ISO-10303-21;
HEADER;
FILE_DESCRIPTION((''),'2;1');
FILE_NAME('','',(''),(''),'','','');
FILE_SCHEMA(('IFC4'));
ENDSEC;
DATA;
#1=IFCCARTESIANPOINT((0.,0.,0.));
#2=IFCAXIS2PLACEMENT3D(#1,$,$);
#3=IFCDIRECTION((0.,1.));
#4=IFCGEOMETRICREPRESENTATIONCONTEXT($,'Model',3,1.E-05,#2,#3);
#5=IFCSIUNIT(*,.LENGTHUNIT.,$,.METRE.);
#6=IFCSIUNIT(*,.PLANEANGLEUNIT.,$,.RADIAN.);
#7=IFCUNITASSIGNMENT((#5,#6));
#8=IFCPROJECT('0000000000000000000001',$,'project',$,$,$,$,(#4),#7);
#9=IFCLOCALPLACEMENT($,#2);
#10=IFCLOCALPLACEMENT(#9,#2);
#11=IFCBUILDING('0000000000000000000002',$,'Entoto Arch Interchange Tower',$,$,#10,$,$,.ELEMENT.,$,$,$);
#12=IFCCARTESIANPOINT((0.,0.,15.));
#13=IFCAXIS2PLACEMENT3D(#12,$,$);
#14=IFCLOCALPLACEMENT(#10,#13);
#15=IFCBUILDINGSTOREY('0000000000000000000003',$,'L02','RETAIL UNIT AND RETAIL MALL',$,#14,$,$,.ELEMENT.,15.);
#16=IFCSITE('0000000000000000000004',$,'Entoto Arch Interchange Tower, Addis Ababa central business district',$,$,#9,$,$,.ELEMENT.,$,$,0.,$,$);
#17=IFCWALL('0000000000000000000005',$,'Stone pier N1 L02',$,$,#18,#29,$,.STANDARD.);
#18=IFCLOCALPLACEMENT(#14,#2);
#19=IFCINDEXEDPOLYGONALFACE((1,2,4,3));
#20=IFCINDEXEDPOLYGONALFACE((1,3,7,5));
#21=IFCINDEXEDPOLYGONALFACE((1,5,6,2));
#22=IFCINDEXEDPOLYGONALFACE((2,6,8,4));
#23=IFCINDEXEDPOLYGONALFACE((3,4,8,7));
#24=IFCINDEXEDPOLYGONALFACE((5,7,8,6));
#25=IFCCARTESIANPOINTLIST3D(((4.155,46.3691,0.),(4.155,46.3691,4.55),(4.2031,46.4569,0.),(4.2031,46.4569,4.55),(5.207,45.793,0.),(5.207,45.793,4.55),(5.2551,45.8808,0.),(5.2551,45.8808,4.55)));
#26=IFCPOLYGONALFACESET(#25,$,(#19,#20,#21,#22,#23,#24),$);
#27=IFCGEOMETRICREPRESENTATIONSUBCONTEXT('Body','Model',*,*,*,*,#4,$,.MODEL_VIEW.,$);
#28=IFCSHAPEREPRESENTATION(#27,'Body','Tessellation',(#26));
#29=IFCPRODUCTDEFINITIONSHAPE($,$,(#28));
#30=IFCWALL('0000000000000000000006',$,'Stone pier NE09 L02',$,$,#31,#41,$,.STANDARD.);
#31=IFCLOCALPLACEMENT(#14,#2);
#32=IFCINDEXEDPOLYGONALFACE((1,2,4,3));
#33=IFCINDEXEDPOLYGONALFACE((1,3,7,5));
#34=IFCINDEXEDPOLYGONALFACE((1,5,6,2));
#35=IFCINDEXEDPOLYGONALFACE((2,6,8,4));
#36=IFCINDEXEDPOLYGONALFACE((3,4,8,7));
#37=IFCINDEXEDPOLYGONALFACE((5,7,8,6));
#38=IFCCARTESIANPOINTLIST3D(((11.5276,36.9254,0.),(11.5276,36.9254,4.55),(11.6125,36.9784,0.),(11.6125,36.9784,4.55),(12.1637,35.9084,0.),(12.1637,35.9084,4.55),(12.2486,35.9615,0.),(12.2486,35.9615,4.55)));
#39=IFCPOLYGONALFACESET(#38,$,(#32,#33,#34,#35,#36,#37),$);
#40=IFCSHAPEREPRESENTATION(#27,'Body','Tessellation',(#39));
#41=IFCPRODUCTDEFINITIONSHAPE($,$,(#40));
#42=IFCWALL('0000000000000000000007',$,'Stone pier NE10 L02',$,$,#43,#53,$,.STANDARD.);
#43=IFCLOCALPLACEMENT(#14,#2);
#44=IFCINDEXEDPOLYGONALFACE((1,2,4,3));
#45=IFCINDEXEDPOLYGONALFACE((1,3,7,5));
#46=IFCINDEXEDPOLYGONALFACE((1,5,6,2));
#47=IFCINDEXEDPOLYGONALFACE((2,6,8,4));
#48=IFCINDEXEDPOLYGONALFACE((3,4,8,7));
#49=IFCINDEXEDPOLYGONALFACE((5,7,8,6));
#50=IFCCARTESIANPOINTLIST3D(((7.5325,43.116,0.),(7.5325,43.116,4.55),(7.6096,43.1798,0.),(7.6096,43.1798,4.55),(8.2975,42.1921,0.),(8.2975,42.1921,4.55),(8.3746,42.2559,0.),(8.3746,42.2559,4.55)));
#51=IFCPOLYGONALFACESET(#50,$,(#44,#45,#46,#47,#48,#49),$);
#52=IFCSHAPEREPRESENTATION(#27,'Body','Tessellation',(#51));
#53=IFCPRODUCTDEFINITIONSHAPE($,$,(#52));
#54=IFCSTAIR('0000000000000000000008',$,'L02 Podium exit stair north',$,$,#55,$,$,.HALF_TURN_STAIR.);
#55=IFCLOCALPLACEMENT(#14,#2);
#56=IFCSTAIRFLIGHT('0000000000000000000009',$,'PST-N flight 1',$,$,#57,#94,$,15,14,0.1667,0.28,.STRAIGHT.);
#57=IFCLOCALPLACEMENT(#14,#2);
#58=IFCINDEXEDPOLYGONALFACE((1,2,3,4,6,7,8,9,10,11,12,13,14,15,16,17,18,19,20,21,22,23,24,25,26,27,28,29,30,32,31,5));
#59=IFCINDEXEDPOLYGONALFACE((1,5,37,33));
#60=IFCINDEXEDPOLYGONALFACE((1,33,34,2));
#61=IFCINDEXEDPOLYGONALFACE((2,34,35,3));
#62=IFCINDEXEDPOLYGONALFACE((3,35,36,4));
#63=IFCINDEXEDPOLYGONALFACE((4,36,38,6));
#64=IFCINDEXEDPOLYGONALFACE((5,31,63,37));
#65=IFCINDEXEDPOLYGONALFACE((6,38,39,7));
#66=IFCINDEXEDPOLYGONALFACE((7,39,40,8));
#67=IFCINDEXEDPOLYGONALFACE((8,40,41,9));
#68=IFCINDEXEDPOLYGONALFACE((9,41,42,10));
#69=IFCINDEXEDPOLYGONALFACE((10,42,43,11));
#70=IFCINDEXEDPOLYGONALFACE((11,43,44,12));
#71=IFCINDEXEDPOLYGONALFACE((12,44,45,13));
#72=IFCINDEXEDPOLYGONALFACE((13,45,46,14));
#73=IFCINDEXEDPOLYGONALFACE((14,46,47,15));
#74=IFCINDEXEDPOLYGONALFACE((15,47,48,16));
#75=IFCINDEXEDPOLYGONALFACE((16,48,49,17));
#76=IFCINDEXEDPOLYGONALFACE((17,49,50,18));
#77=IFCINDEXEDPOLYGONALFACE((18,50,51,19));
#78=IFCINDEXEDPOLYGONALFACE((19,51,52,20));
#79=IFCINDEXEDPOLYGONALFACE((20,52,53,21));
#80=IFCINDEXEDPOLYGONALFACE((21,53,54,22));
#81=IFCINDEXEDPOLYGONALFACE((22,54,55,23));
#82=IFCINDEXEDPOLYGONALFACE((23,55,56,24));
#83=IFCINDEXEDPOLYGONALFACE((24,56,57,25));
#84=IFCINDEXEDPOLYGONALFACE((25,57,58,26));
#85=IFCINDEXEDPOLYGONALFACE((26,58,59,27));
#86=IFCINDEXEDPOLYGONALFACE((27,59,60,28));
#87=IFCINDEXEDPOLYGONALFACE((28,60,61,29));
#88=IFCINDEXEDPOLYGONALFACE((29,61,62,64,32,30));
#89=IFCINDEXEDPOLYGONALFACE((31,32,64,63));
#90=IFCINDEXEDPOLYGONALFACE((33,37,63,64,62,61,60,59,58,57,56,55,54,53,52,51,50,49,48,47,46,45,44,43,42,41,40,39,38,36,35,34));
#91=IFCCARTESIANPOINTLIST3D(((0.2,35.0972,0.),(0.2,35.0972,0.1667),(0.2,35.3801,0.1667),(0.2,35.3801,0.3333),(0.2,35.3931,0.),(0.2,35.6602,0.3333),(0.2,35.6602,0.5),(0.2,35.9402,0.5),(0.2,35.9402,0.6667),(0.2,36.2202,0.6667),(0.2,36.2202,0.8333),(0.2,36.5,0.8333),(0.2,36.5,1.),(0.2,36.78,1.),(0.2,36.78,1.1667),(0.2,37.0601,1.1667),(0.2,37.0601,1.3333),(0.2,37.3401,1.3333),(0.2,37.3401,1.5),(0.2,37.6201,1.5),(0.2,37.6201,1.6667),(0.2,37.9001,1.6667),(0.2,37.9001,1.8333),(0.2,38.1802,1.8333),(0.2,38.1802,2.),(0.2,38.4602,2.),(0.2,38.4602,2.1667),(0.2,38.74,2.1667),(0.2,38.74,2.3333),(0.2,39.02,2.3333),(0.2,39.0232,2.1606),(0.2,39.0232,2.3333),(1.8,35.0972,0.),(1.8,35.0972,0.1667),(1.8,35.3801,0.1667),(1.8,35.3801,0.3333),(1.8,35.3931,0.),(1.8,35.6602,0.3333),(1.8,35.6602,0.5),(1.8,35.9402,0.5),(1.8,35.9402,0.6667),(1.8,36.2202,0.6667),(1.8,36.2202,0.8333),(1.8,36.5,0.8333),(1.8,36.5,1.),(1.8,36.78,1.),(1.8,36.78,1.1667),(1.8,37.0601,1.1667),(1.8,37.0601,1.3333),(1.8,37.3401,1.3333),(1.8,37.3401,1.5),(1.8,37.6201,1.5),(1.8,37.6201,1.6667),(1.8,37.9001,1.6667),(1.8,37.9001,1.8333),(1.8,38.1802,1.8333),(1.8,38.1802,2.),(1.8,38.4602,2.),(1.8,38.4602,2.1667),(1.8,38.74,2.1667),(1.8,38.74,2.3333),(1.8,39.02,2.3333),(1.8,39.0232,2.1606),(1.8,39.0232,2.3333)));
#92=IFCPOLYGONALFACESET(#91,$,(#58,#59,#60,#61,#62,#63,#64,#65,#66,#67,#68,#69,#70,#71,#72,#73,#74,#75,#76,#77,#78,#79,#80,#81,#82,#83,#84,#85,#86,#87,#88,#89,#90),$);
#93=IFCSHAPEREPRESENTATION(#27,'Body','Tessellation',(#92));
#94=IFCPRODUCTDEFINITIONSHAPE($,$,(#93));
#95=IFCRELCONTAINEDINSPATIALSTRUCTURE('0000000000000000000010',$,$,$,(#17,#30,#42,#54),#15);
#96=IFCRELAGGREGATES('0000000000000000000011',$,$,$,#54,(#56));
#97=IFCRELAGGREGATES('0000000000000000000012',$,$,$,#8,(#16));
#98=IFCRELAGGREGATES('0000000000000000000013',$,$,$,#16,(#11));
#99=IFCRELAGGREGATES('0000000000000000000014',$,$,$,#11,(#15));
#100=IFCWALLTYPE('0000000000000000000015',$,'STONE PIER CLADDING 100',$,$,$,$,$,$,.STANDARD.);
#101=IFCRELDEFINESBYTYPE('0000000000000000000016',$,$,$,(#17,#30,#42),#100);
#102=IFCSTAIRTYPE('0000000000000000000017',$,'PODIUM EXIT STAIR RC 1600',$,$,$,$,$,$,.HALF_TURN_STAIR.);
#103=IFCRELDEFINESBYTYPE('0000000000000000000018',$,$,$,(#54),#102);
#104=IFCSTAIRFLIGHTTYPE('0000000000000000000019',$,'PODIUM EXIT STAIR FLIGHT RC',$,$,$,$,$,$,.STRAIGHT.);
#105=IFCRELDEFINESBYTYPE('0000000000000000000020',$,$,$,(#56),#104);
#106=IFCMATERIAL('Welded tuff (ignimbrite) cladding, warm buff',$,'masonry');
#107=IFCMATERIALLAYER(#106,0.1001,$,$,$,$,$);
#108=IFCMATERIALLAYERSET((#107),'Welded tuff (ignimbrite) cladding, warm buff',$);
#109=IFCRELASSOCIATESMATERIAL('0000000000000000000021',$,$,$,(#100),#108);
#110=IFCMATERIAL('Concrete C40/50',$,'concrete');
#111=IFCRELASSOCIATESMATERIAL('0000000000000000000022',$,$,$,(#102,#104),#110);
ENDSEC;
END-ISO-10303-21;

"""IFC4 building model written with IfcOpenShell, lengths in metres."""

from ifc_helpers import new_model, si_unit, direction, frame, frame_2d, origin, place, context, subcontext, project, spatial, polyline, rectangle, outline, extrude, material, layer, layer_set, type_object, element, aggregate, save


model = new_model("IFC4")

# Units and contexts
model_context = context("Model", 3, precision=1e-05, world=origin(), true_north=direction((0.0, 1.0)))
body_context = subcontext(model_context, "Body", "Model", "MODEL_VIEW")
ifc_project = project(units=[si_unit("LENGTHUNIT", "METRE"), si_unit("PLANEANGLEUNIT", "RADIAN")], contexts=[model_context])

# Site, building, storey
site_placement = place(None, origin())
site = spatial("IfcSite", under=ifc_project, at=site_placement, Name="Entoto Arch Interchange Tower, Addis Ababa central business district", CompositionType="ELEMENT", RefElevation=0.0)
building_placement = place(site_placement, origin())
building = spatial("IfcBuilding", under=site, at=building_placement, Name="Entoto Arch Interchange Tower", CompositionType="ELEMENT")
storey_placement = place(building_placement, frame((0.0, 0.0, 15.0)))
storey = spatial("IfcBuildingStorey", under=building, at=storey_placement, Name="L02", Description="RETAIL UNIT AND RETAIL MALL", CompositionType="ELEMENT", Elevation=15.0)

# Shared definitions
ifc_material_1 = material(Name="Concrete C40/50", Category="concrete")

# Shared definitions
ifc_material_2 = material(Name="Welded tuff (ignimbrite) cladding, warm buff", Category="masonry")

# Walls
ifc_layer_1 = layer(ifc_material_2, 0.1001)
ifc_layer_set_1 = layer_set([ifc_layer_1], Name="Welded tuff (ignimbrite) cladding, warm buff")
wall_type_1 = type_object("IfcWallType", Name="STONE PIER CLADDING 100", PredefinedType="STANDARD", material=ifc_layer_set_1)
for number, where, z_axis, x_axis, name in (
    (1, (5.231, 45.8369, 0.0), (0.0, 0.0, 1.0), (-0.87707, 0.480363, 0.0), "Stone pier N1 L02"),
    (2, (12.2061, 35.9351, 0.0), (0.0, 0.0, 1.0), (-0.530273, 0.847827, 0.0), "Stone pier NE09 L02"),
    (3, (8.3359, 42.2241, 0.0), (0.0, 0.0, 1.0), (-0.637739, 0.770253, 0.0), "Stone pier NE10 L02"),
):
    element("IfcWall", number, at=place(storey_placement, frame(where, z_axis=z_axis, x_axis=x_axis)), inside=storey, type_object=wall_type_1, Name=name, PredefinedType="STANDARD", context=body_context, shape_type="SweptSolid", body=[
        extrude(rectangle(XDim=1.1995, YDim=0.1001, at=frame_2d((0.5996, 0.0))), origin(), (0.0, 0.0, 1.0), 4.55),
    ])

# Stair, stair flight
stair_type = type_object("IfcStairType", Name="PODIUM EXIT STAIR RC 1600", PredefinedType="HALF_TURN_STAIR", material=ifc_material_1)
stair_placement = place(storey_placement, origin())
stair = element("IfcStair", 4, at=stair_placement, inside=storey, type_object=stair_type, Name="L02 Podium exit stair north", PredefinedType="HALF_TURN_STAIR")
stair_flight_type = type_object("IfcStairFlightType", Name="PODIUM EXIT STAIR FLIGHT RC", PredefinedType="STRAIGHT", material=ifc_material_1)
stair_flight_placement = place(storey_placement, frame((1.0, 35.1001, 0.0), z_axis=(0.0, 0.0, 1.0), x_axis=(0.0, 1.0, 0.0)))
stair_flight = element("IfcStairFlight", 5, at=stair_flight_placement, type_object=stair_flight_type, Name="PST-N flight 1", NumberOfRisers=15, NumberOfTreads=14, PredefinedType="STRAIGHT", RiserHeight=0.1667, TreadLength=0.28, context=body_context, shape_type="SweptSolid", body=[
    extrude(outline(polyline([(-0.0029, 0.0), (-0.0029, 0.1667), (0.28, 0.1667), (0.28, 0.3333), (0.5601, 0.3333), (0.5601, 0.5), (0.8401, 0.5), (0.8401, 0.6667), (1.1201, 0.6667), (1.1201, 0.8333), (1.3999, 0.8333), (1.3999, 1.0), (1.6799, 1.0), (1.6799, 1.1667), (1.96, 1.1667), (1.96, 1.3333), (2.24, 1.3333), (2.24, 1.5), (2.52, 1.5), (2.52, 1.6667), (2.8, 1.6667), (2.8, 1.8333), (3.0801, 1.8333), (3.0801, 2.0), (3.3601, 2.0), (3.3601, 2.1667), (3.6399, 2.1667), (3.6399, 2.3333), (3.9199, 2.3333), (3.9231, 2.3333), (3.9231, 2.1606), (0.293, 0.0), (-0.0029, 0.0)])), frame((0.0, 0.8, 0.0), z_axis=(0.0, -1.0, 0.0), x_axis=(1.0, 0.0, 0.0)), (0.0, 0.0, 1.0), 1.6001),
])
aggregate(stair, [stair_flight])

save(model, "model.ifc")
